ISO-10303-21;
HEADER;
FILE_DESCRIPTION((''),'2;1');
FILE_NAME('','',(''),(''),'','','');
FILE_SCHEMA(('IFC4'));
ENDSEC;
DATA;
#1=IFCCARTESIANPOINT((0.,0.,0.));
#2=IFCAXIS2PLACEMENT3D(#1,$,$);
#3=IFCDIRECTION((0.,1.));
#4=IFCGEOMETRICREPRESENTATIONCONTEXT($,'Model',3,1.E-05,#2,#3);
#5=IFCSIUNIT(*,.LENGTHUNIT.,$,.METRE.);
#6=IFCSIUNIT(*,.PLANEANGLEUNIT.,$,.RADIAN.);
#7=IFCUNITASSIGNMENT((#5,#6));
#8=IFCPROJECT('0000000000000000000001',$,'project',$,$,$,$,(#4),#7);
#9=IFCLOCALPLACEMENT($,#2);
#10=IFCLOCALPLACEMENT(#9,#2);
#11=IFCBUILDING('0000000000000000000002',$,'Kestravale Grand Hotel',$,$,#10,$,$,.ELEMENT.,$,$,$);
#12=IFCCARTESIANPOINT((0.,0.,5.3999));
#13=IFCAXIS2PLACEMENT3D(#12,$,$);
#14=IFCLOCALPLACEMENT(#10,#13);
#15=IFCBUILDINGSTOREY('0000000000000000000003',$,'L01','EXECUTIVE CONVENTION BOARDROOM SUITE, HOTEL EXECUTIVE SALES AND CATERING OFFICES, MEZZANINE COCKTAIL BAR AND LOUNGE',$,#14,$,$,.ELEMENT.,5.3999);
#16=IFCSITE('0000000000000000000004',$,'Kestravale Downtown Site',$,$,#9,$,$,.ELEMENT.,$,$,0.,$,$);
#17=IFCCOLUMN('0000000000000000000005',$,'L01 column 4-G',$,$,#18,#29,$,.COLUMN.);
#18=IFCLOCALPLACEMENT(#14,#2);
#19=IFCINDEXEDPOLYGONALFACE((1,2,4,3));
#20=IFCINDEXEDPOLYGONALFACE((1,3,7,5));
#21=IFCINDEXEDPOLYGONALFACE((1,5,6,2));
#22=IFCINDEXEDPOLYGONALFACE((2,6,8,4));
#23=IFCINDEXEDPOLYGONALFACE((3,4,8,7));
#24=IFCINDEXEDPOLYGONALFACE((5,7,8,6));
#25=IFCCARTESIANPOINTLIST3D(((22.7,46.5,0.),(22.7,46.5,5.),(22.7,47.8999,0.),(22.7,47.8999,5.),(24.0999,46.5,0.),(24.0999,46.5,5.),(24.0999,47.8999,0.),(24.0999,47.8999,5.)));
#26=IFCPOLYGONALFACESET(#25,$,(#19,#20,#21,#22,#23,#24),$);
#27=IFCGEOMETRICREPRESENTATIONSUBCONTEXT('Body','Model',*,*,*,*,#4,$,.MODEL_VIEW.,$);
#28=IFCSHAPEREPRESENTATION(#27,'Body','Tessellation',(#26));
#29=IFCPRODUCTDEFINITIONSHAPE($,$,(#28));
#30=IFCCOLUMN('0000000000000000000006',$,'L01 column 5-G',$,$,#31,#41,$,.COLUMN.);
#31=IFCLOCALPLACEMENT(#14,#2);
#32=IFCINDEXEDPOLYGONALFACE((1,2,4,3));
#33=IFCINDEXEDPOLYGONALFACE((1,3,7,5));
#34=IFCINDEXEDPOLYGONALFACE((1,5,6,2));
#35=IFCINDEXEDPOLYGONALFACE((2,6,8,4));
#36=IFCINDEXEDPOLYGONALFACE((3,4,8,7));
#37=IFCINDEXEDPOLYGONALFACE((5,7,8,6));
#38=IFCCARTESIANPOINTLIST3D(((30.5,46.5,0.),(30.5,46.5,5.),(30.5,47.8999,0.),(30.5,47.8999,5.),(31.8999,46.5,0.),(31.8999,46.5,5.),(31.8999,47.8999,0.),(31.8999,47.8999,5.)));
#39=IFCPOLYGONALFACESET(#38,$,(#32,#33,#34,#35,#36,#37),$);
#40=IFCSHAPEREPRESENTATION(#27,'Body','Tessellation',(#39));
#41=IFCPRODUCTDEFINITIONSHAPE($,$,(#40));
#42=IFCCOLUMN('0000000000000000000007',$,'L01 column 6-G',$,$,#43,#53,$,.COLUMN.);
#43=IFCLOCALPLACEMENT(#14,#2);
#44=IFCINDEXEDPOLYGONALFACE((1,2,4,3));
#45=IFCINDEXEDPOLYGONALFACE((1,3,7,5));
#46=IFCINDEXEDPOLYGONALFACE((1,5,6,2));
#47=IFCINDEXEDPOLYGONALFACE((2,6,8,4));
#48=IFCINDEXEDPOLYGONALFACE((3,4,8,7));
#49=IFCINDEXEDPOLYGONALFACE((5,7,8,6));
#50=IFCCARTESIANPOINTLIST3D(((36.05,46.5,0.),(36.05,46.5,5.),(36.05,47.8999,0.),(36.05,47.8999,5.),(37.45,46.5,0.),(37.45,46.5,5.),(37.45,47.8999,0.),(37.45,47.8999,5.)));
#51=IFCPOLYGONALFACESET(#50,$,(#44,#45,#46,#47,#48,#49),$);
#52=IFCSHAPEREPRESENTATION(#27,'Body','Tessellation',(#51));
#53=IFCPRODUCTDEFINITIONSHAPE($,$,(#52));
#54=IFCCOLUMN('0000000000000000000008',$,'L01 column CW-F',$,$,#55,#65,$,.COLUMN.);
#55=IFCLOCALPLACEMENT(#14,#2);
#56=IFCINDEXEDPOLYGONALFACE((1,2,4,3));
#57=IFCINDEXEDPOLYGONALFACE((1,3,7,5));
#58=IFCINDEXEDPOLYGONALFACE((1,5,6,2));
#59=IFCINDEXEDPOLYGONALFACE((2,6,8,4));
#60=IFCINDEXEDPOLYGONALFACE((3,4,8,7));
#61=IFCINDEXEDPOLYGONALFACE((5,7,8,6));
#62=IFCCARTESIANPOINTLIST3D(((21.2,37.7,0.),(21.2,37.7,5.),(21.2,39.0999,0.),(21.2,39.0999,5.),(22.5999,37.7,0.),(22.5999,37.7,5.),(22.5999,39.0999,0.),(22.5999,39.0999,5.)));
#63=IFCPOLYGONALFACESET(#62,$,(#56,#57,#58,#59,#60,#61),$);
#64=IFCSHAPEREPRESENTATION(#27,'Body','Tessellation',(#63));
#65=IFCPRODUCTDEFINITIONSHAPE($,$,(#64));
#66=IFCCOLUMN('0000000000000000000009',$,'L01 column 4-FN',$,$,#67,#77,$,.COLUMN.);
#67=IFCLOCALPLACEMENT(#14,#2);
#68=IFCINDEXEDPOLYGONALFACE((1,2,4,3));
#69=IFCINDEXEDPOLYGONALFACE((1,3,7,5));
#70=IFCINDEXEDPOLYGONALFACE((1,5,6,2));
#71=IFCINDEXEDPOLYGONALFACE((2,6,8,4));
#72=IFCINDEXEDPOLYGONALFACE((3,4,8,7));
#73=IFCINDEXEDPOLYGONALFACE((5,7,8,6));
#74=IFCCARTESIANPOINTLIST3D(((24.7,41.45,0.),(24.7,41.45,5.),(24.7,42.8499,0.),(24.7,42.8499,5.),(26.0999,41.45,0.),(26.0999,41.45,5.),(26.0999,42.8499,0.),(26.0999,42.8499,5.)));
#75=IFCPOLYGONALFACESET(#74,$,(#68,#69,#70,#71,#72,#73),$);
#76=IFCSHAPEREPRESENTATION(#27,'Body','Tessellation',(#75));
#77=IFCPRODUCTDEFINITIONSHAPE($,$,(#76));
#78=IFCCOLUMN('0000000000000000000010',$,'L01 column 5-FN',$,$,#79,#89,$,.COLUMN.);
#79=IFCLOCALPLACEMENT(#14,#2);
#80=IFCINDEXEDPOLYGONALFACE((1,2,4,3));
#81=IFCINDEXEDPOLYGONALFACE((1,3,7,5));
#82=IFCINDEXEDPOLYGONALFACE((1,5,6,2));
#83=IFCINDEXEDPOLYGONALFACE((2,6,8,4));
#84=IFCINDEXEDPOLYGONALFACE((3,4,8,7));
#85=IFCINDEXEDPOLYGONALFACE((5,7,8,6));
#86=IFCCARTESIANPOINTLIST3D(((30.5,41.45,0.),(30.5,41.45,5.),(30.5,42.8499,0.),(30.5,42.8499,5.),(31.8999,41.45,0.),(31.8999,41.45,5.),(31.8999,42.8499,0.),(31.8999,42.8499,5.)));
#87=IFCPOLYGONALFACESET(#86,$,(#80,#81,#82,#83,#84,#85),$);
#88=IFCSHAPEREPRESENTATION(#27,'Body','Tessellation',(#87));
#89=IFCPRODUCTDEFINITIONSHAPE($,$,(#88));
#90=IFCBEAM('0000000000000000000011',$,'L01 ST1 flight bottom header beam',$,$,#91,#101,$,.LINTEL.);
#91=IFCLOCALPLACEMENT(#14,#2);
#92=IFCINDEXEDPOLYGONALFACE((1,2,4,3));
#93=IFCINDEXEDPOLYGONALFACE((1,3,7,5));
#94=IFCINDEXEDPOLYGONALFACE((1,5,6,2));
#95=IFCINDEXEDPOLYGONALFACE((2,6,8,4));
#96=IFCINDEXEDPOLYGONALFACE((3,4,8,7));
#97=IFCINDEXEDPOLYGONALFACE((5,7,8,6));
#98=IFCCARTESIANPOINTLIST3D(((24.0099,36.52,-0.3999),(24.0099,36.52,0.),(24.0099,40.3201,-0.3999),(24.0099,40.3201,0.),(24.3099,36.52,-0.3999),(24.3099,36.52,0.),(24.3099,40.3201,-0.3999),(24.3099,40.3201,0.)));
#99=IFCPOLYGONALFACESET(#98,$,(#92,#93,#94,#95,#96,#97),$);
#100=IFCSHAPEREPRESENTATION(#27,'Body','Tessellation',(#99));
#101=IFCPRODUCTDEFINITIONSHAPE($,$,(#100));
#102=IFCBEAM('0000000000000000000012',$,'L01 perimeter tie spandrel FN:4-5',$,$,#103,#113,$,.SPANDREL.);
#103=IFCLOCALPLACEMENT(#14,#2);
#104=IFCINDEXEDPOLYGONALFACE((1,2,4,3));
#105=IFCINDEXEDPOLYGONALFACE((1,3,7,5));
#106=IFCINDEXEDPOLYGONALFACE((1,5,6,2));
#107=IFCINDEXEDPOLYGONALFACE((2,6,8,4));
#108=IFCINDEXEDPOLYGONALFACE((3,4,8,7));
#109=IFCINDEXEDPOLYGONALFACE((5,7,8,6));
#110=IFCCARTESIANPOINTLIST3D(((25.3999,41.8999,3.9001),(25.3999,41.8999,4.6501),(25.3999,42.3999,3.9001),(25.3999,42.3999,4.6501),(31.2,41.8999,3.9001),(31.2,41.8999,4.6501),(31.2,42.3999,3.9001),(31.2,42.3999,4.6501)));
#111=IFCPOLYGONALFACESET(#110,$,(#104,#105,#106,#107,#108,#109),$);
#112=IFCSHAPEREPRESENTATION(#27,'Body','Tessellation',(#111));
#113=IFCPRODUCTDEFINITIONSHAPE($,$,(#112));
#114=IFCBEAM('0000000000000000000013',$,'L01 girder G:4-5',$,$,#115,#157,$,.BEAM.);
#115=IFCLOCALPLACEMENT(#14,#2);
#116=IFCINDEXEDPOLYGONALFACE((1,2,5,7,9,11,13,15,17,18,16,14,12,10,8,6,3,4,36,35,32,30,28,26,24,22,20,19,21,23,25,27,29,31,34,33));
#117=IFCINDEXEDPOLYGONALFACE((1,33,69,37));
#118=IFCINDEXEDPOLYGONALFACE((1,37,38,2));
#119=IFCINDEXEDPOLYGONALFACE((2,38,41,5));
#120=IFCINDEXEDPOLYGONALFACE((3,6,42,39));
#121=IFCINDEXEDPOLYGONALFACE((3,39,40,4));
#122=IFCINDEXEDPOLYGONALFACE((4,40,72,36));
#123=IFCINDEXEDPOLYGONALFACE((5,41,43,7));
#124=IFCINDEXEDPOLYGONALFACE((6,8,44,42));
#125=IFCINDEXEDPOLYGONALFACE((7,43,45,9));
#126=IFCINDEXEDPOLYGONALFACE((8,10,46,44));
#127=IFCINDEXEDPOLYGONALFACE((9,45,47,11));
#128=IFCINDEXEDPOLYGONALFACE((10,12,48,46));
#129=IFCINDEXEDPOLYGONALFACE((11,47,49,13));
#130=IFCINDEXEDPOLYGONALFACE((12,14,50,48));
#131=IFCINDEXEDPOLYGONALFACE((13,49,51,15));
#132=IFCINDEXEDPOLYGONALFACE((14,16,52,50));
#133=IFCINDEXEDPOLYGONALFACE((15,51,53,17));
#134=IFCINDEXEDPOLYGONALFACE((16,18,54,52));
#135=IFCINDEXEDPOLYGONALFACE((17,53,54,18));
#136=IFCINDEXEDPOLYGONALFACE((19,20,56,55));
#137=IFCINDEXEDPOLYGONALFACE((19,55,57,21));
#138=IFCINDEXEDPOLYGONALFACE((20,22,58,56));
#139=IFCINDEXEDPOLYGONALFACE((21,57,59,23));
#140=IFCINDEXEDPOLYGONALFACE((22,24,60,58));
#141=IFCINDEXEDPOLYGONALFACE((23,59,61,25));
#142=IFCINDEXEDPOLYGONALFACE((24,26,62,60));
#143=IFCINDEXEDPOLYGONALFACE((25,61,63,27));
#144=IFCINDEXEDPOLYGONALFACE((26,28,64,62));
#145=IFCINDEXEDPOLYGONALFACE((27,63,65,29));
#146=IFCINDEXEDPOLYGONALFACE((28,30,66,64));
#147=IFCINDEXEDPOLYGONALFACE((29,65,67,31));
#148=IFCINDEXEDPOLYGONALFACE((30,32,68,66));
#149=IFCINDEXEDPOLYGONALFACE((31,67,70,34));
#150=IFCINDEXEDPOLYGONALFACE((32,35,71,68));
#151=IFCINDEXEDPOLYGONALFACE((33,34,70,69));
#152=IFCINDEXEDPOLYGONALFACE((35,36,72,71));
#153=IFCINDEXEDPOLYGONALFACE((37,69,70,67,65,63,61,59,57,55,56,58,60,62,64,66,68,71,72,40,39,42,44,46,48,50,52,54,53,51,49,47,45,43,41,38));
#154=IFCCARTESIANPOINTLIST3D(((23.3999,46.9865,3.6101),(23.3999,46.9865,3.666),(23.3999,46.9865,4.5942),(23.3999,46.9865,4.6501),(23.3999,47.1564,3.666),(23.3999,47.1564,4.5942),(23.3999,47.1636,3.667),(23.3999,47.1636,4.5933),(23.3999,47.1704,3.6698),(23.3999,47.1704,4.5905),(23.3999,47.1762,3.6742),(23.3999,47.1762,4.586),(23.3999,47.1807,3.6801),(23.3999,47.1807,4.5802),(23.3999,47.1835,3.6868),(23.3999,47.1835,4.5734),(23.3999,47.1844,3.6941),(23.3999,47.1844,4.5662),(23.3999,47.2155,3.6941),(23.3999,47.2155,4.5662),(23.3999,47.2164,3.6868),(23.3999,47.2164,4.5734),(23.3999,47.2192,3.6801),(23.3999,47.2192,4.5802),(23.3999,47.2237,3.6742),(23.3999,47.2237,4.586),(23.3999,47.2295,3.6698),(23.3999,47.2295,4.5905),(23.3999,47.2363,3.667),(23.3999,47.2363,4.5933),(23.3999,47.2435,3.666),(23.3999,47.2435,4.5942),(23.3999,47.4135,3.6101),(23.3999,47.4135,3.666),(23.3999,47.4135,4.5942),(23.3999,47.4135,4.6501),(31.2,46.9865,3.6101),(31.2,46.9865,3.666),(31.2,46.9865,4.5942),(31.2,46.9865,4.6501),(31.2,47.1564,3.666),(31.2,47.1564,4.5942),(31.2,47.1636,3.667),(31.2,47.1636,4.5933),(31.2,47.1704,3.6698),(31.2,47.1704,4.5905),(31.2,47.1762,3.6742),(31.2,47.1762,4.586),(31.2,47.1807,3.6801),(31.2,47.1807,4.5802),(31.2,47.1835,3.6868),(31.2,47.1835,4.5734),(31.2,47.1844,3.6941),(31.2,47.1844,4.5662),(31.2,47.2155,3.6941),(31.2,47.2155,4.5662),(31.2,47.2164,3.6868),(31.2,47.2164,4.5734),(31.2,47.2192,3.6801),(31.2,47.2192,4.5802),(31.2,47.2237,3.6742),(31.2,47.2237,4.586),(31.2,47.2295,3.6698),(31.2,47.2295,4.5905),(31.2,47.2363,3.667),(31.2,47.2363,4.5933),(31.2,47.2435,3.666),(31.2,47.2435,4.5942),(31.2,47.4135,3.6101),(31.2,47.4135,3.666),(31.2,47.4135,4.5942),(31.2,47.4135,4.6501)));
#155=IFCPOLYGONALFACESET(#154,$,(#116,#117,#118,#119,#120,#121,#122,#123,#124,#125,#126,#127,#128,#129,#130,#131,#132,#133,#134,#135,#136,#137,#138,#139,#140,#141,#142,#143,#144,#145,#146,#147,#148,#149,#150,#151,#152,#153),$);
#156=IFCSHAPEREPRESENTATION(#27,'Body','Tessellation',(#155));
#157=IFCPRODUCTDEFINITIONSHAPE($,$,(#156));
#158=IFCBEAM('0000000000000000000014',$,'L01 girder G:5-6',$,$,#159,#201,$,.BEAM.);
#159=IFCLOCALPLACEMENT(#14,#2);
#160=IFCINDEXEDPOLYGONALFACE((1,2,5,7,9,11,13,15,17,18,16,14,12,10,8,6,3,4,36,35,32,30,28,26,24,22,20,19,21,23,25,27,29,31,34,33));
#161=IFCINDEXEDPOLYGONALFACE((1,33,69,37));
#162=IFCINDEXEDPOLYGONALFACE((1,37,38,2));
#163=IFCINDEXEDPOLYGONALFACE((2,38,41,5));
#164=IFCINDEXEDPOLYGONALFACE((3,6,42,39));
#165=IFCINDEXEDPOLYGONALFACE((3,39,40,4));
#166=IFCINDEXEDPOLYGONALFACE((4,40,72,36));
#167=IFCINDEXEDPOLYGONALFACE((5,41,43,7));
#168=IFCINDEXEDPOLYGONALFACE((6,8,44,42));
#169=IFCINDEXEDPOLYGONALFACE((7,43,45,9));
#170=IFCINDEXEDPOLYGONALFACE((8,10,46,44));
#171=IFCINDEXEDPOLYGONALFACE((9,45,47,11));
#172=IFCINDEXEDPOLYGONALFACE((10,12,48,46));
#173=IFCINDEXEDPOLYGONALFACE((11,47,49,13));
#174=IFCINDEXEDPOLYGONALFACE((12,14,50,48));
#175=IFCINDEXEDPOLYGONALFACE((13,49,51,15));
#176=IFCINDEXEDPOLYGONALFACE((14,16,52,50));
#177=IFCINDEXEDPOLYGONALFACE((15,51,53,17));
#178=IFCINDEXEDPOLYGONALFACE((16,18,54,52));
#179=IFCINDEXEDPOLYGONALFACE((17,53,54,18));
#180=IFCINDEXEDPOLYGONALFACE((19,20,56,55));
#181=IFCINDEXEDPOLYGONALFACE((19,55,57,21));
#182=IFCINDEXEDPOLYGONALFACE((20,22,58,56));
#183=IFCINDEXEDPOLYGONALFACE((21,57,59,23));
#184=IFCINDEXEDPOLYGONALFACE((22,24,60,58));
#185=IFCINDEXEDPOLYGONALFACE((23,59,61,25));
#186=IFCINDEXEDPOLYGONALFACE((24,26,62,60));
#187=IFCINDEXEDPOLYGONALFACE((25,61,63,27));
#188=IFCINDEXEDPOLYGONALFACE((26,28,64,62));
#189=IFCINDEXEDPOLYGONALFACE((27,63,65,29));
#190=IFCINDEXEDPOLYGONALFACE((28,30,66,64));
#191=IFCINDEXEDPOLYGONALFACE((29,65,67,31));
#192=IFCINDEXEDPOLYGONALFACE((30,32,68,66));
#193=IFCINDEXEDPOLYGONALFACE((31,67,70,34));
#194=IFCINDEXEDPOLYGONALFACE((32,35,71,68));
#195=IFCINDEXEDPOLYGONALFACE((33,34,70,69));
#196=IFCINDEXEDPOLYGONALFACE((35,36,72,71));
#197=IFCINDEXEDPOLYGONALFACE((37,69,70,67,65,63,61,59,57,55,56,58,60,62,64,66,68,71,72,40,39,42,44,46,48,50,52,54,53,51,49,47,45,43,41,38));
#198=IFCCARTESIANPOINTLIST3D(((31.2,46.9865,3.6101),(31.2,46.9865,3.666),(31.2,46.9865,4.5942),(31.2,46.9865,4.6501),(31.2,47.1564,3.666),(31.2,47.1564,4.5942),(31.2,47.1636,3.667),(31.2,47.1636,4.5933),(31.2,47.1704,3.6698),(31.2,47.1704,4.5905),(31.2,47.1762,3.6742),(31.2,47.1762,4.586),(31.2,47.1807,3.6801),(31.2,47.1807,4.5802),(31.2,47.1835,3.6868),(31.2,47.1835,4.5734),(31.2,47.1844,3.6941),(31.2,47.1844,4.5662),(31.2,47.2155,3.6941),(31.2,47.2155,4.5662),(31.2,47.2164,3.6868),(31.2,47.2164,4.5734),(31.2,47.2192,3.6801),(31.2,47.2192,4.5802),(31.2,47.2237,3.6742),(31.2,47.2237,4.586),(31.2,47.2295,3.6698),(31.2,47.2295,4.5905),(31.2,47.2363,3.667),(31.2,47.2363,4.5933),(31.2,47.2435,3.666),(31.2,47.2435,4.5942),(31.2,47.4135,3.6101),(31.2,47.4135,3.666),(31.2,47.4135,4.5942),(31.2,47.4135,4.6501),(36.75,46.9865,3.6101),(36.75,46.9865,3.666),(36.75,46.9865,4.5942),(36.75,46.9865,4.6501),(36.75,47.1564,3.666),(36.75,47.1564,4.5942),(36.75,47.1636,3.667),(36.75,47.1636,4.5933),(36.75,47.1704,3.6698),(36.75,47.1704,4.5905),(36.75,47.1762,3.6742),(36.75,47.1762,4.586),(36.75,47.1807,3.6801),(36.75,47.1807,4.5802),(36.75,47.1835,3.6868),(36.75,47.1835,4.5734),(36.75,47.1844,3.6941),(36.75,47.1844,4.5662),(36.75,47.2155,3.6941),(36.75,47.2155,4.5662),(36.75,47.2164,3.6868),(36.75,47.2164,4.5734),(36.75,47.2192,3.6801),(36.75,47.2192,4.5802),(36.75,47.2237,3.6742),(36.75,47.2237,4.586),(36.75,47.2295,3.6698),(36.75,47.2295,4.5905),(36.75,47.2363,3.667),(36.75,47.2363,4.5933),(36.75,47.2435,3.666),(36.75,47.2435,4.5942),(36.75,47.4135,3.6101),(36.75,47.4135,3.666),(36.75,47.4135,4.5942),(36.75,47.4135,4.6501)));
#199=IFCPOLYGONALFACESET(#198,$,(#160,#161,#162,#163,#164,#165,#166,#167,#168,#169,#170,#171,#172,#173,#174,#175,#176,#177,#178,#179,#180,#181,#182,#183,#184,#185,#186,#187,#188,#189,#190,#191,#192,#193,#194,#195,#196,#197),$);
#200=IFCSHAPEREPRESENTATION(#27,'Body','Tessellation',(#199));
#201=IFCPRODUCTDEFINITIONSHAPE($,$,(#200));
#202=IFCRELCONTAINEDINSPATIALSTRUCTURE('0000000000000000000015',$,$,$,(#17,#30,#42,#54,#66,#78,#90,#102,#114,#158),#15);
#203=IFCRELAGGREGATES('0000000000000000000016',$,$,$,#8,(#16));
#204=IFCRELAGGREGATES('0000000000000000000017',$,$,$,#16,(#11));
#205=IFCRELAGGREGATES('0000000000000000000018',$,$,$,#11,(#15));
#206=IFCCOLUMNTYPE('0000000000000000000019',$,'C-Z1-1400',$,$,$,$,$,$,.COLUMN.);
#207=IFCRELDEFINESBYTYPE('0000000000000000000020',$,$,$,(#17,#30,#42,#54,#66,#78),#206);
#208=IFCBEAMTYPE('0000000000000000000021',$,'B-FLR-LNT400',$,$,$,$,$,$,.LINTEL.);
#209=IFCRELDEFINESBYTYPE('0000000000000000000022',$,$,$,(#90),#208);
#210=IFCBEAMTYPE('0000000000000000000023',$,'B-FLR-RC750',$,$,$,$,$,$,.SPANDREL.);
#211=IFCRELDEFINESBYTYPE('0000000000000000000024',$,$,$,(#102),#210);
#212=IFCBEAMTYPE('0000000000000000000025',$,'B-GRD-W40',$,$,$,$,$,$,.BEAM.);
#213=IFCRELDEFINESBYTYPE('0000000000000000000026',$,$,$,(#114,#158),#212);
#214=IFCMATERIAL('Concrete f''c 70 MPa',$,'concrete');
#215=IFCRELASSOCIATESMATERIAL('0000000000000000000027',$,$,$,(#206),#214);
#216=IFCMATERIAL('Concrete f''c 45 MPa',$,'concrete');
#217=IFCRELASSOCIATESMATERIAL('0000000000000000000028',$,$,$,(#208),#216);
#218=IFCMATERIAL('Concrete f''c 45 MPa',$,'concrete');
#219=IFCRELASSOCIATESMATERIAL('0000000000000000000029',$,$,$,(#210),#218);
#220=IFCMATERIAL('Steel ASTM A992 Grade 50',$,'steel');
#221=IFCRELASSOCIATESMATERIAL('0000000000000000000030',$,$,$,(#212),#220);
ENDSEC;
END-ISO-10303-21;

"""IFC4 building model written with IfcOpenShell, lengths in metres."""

from ifc_helpers import new_model, si_unit, direction, frame, origin, origin_2d, place, context, subcontext, project, spatial, rectangle, i_section, extrude, material, material_profile, profile_set, type_object, element, save


model = new_model("IFC4")

# Units and contexts
model_context = context("Model", 3, precision=1e-05, world=origin(), true_north=direction((0.0, 1.0)))
body_context = subcontext(model_context, "Body", "Model", "MODEL_VIEW")
ifc_project = project(units=[si_unit("LENGTHUNIT", "METRE"), si_unit("PLANEANGLEUNIT", "RADIAN")], contexts=[model_context])

# Site, building, storey
site_placement = place(None, origin())
site = spatial("IfcSite", under=ifc_project, at=site_placement, Name="Kestravale Downtown Site", CompositionType="ELEMENT", RefElevation=0.0)
building_placement = place(site_placement, origin())
building = spatial("IfcBuilding", under=site, at=building_placement, Name="Kestravale Grand Hotel", CompositionType="ELEMENT")
storey_placement = place(building_placement, frame((0.0, 0.0, 5.3999)))
storey = spatial("IfcBuildingStorey", under=building, at=storey_placement, Name="L01", Description="EXECUTIVE CONVENTION BOARDROOM SUITE, HOTEL EXECUTIVE SALES AND CATERING OFFICES, MEZZANINE COCKTAIL BAR AND LOUNGE", CompositionType="ELEMENT", Elevation=5.3999)

# Columns
ifc_material_1 = material(Name="Concrete f'c 70 MPa", Category="concrete")
ifc_material_profile_1 = material_profile(ifc_material_1, rectangle(XDim=1.3999, YDim=1.3999, at=origin_2d()))
ifc_profile_set_1 = profile_set([ifc_material_profile_1], Name="Concrete f'c 70 MPa")
column_type = type_object("IfcColumnType", Name="C-Z1-1400", PredefinedType="COLUMN", material=ifc_profile_set_1)
for number, where, z_axis, x_axis, name in (
    (1, (23.3999, 47.2, 0.0), (0.0, 0.0, 1.0), (1.0, 0.0, 0.0), "L01 column 4-G"),
    (2, (31.2, 47.2, 0.0), (0.0, 0.0, 1.0), (1.0, 0.0, 0.0), "L01 column 5-G"),
    (3, (36.75, 47.2, 0.0), (0.0, 0.0, 1.0), (1.0, 0.0, 0.0), "L01 column 6-G"),
    (4, (21.8999, 38.3999, 0.0), (0.0, 0.0, 1.0), (1.0, 0.0, 0.0), "L01 column CW-F"),
    (5, (25.3999, 42.1499, 0.0), (0.0, 0.0, 1.0), (1.0, 0.0, 0.0), "L01 column 4-FN"),
    (6, (31.2, 42.1499, 0.0), (0.0, 0.0, 1.0), (1.0, 0.0, 0.0), "L01 column 5-FN"),
):
    element("IfcColumn", number, at=place(storey_placement, frame(where, z_axis=z_axis, x_axis=x_axis)), inside=storey, type_object=column_type, Name=name, PredefinedType="COLUMN", context=body_context, shape_type="SweptSolid", body=[
        extrude(rectangle(XDim=1.3999, YDim=1.3999, at=origin_2d()), origin(), (0.0, 0.0, 1.0), 5.0),
    ])

# Beams
ifc_material_2 = material(Name="Concrete f'c 45 MPa", Category="concrete")
ifc_material_profile_2 = material_profile(ifc_material_2, rectangle(XDim=0.3, YDim=0.3999, at=origin_2d()))
ifc_profile_set_2 = profile_set([ifc_material_profile_2], Name="Concrete f'c 45 MPa")
beam_type_1 = type_object("IfcBeamType", Name="B-FLR-LNT400", PredefinedType="LINTEL", material=ifc_profile_set_2)
beam_1_placement = place(storey_placement, frame((24.1599, 36.52, -0.2), z_axis=(0.0, 1.0, 0.0), x_axis=(-1.0, 0.0, 0.0)))
element("IfcBeam", 7, at=beam_1_placement, inside=storey, type_object=beam_type_1, Name="L01 ST1 flight bottom header beam", PredefinedType="LINTEL", context=body_context, shape_type="SweptSolid", body=[
    extrude(rectangle(XDim=0.3, YDim=0.3999, at=origin_2d()), origin(), (0.0, 0.0, 1.0), 3.8),
])
ifc_material_3 = material(Name="Concrete f'c 45 MPa", Category="concrete")
ifc_material_profile_3 = material_profile(ifc_material_3, rectangle(XDim=0.5, YDim=0.75, at=origin_2d()))
ifc_profile_set_3 = profile_set([ifc_material_profile_3], Name="Concrete f'c 45 MPa")
beam_type_2 = type_object("IfcBeamType", Name="B-FLR-RC750", PredefinedType="SPANDREL", material=ifc_profile_set_3)
beam_2_placement = place(storey_placement, frame((25.3999, 42.1499, 4.2751), z_axis=(1.0, 0.0, 0.0), x_axis=(0.0, 1.0, 0.0)))
element("IfcBeam", 8, at=beam_2_placement, inside=storey, type_object=beam_type_2, Name="L01 perimeter tie spandrel FN:4-5", PredefinedType="SPANDREL", context=body_context, shape_type="SweptSolid", body=[
    extrude(rectangle(XDim=0.5, YDim=0.75, at=origin_2d()), origin(), (0.0, 0.0, 1.0), 5.8),
])
ifc_material_4 = material(Name="Steel ASTM A992 Grade 50", Category="steel")
ifc_material_profile_4 = material_profile(ifc_material_4, i_section(OverallWidth=0.427, OverallDepth=1.04, WebThickness=0.031, FlangeThickness=0.0559, FilletRadius=0.0281, at=origin_2d()))
ifc_profile_set_4 = profile_set([ifc_material_profile_4], Name="Steel ASTM A992 Grade 50")
beam_type_3 = type_object("IfcBeamType", Name="B-GRD-W40", PredefinedType="BEAM", material=ifc_profile_set_4)
beam_3_placement = place(storey_placement, frame((23.3999, 47.2, 4.1301), z_axis=(1.0, 0.0, 0.0), x_axis=(0.0, 1.0, 0.0)))
element("IfcBeam", 9, at=beam_3_placement, inside=storey, type_object=beam_type_3, Name="L01 girder G:4-5", PredefinedType="BEAM", context=body_context, shape_type="SweptSolid", body=[
    extrude(i_section(OverallWidth=0.427, OverallDepth=1.04, WebThickness=0.031, FlangeThickness=0.0559, FilletRadius=0.0281, at=origin_2d()), origin(), (0.0, 0.0, 1.0), 7.8),
])
beam_4_placement = place(storey_placement, frame((31.2, 47.2, 4.1301), z_axis=(1.0, 0.0, 0.0), x_axis=(0.0, 1.0, 0.0)))
element("IfcBeam", 10, at=beam_4_placement, inside=storey, type_object=beam_type_3, Name="L01 girder G:5-6", PredefinedType="BEAM", context=body_context, shape_type="SweptSolid", body=[
    extrude(i_section(OverallWidth=0.427, OverallDepth=1.04, WebThickness=0.031, FlangeThickness=0.0559, FilletRadius=0.0281, at=origin_2d()), origin(), (0.0, 0.0, 1.0), 5.55),
])

save(model, "model.ifc")
